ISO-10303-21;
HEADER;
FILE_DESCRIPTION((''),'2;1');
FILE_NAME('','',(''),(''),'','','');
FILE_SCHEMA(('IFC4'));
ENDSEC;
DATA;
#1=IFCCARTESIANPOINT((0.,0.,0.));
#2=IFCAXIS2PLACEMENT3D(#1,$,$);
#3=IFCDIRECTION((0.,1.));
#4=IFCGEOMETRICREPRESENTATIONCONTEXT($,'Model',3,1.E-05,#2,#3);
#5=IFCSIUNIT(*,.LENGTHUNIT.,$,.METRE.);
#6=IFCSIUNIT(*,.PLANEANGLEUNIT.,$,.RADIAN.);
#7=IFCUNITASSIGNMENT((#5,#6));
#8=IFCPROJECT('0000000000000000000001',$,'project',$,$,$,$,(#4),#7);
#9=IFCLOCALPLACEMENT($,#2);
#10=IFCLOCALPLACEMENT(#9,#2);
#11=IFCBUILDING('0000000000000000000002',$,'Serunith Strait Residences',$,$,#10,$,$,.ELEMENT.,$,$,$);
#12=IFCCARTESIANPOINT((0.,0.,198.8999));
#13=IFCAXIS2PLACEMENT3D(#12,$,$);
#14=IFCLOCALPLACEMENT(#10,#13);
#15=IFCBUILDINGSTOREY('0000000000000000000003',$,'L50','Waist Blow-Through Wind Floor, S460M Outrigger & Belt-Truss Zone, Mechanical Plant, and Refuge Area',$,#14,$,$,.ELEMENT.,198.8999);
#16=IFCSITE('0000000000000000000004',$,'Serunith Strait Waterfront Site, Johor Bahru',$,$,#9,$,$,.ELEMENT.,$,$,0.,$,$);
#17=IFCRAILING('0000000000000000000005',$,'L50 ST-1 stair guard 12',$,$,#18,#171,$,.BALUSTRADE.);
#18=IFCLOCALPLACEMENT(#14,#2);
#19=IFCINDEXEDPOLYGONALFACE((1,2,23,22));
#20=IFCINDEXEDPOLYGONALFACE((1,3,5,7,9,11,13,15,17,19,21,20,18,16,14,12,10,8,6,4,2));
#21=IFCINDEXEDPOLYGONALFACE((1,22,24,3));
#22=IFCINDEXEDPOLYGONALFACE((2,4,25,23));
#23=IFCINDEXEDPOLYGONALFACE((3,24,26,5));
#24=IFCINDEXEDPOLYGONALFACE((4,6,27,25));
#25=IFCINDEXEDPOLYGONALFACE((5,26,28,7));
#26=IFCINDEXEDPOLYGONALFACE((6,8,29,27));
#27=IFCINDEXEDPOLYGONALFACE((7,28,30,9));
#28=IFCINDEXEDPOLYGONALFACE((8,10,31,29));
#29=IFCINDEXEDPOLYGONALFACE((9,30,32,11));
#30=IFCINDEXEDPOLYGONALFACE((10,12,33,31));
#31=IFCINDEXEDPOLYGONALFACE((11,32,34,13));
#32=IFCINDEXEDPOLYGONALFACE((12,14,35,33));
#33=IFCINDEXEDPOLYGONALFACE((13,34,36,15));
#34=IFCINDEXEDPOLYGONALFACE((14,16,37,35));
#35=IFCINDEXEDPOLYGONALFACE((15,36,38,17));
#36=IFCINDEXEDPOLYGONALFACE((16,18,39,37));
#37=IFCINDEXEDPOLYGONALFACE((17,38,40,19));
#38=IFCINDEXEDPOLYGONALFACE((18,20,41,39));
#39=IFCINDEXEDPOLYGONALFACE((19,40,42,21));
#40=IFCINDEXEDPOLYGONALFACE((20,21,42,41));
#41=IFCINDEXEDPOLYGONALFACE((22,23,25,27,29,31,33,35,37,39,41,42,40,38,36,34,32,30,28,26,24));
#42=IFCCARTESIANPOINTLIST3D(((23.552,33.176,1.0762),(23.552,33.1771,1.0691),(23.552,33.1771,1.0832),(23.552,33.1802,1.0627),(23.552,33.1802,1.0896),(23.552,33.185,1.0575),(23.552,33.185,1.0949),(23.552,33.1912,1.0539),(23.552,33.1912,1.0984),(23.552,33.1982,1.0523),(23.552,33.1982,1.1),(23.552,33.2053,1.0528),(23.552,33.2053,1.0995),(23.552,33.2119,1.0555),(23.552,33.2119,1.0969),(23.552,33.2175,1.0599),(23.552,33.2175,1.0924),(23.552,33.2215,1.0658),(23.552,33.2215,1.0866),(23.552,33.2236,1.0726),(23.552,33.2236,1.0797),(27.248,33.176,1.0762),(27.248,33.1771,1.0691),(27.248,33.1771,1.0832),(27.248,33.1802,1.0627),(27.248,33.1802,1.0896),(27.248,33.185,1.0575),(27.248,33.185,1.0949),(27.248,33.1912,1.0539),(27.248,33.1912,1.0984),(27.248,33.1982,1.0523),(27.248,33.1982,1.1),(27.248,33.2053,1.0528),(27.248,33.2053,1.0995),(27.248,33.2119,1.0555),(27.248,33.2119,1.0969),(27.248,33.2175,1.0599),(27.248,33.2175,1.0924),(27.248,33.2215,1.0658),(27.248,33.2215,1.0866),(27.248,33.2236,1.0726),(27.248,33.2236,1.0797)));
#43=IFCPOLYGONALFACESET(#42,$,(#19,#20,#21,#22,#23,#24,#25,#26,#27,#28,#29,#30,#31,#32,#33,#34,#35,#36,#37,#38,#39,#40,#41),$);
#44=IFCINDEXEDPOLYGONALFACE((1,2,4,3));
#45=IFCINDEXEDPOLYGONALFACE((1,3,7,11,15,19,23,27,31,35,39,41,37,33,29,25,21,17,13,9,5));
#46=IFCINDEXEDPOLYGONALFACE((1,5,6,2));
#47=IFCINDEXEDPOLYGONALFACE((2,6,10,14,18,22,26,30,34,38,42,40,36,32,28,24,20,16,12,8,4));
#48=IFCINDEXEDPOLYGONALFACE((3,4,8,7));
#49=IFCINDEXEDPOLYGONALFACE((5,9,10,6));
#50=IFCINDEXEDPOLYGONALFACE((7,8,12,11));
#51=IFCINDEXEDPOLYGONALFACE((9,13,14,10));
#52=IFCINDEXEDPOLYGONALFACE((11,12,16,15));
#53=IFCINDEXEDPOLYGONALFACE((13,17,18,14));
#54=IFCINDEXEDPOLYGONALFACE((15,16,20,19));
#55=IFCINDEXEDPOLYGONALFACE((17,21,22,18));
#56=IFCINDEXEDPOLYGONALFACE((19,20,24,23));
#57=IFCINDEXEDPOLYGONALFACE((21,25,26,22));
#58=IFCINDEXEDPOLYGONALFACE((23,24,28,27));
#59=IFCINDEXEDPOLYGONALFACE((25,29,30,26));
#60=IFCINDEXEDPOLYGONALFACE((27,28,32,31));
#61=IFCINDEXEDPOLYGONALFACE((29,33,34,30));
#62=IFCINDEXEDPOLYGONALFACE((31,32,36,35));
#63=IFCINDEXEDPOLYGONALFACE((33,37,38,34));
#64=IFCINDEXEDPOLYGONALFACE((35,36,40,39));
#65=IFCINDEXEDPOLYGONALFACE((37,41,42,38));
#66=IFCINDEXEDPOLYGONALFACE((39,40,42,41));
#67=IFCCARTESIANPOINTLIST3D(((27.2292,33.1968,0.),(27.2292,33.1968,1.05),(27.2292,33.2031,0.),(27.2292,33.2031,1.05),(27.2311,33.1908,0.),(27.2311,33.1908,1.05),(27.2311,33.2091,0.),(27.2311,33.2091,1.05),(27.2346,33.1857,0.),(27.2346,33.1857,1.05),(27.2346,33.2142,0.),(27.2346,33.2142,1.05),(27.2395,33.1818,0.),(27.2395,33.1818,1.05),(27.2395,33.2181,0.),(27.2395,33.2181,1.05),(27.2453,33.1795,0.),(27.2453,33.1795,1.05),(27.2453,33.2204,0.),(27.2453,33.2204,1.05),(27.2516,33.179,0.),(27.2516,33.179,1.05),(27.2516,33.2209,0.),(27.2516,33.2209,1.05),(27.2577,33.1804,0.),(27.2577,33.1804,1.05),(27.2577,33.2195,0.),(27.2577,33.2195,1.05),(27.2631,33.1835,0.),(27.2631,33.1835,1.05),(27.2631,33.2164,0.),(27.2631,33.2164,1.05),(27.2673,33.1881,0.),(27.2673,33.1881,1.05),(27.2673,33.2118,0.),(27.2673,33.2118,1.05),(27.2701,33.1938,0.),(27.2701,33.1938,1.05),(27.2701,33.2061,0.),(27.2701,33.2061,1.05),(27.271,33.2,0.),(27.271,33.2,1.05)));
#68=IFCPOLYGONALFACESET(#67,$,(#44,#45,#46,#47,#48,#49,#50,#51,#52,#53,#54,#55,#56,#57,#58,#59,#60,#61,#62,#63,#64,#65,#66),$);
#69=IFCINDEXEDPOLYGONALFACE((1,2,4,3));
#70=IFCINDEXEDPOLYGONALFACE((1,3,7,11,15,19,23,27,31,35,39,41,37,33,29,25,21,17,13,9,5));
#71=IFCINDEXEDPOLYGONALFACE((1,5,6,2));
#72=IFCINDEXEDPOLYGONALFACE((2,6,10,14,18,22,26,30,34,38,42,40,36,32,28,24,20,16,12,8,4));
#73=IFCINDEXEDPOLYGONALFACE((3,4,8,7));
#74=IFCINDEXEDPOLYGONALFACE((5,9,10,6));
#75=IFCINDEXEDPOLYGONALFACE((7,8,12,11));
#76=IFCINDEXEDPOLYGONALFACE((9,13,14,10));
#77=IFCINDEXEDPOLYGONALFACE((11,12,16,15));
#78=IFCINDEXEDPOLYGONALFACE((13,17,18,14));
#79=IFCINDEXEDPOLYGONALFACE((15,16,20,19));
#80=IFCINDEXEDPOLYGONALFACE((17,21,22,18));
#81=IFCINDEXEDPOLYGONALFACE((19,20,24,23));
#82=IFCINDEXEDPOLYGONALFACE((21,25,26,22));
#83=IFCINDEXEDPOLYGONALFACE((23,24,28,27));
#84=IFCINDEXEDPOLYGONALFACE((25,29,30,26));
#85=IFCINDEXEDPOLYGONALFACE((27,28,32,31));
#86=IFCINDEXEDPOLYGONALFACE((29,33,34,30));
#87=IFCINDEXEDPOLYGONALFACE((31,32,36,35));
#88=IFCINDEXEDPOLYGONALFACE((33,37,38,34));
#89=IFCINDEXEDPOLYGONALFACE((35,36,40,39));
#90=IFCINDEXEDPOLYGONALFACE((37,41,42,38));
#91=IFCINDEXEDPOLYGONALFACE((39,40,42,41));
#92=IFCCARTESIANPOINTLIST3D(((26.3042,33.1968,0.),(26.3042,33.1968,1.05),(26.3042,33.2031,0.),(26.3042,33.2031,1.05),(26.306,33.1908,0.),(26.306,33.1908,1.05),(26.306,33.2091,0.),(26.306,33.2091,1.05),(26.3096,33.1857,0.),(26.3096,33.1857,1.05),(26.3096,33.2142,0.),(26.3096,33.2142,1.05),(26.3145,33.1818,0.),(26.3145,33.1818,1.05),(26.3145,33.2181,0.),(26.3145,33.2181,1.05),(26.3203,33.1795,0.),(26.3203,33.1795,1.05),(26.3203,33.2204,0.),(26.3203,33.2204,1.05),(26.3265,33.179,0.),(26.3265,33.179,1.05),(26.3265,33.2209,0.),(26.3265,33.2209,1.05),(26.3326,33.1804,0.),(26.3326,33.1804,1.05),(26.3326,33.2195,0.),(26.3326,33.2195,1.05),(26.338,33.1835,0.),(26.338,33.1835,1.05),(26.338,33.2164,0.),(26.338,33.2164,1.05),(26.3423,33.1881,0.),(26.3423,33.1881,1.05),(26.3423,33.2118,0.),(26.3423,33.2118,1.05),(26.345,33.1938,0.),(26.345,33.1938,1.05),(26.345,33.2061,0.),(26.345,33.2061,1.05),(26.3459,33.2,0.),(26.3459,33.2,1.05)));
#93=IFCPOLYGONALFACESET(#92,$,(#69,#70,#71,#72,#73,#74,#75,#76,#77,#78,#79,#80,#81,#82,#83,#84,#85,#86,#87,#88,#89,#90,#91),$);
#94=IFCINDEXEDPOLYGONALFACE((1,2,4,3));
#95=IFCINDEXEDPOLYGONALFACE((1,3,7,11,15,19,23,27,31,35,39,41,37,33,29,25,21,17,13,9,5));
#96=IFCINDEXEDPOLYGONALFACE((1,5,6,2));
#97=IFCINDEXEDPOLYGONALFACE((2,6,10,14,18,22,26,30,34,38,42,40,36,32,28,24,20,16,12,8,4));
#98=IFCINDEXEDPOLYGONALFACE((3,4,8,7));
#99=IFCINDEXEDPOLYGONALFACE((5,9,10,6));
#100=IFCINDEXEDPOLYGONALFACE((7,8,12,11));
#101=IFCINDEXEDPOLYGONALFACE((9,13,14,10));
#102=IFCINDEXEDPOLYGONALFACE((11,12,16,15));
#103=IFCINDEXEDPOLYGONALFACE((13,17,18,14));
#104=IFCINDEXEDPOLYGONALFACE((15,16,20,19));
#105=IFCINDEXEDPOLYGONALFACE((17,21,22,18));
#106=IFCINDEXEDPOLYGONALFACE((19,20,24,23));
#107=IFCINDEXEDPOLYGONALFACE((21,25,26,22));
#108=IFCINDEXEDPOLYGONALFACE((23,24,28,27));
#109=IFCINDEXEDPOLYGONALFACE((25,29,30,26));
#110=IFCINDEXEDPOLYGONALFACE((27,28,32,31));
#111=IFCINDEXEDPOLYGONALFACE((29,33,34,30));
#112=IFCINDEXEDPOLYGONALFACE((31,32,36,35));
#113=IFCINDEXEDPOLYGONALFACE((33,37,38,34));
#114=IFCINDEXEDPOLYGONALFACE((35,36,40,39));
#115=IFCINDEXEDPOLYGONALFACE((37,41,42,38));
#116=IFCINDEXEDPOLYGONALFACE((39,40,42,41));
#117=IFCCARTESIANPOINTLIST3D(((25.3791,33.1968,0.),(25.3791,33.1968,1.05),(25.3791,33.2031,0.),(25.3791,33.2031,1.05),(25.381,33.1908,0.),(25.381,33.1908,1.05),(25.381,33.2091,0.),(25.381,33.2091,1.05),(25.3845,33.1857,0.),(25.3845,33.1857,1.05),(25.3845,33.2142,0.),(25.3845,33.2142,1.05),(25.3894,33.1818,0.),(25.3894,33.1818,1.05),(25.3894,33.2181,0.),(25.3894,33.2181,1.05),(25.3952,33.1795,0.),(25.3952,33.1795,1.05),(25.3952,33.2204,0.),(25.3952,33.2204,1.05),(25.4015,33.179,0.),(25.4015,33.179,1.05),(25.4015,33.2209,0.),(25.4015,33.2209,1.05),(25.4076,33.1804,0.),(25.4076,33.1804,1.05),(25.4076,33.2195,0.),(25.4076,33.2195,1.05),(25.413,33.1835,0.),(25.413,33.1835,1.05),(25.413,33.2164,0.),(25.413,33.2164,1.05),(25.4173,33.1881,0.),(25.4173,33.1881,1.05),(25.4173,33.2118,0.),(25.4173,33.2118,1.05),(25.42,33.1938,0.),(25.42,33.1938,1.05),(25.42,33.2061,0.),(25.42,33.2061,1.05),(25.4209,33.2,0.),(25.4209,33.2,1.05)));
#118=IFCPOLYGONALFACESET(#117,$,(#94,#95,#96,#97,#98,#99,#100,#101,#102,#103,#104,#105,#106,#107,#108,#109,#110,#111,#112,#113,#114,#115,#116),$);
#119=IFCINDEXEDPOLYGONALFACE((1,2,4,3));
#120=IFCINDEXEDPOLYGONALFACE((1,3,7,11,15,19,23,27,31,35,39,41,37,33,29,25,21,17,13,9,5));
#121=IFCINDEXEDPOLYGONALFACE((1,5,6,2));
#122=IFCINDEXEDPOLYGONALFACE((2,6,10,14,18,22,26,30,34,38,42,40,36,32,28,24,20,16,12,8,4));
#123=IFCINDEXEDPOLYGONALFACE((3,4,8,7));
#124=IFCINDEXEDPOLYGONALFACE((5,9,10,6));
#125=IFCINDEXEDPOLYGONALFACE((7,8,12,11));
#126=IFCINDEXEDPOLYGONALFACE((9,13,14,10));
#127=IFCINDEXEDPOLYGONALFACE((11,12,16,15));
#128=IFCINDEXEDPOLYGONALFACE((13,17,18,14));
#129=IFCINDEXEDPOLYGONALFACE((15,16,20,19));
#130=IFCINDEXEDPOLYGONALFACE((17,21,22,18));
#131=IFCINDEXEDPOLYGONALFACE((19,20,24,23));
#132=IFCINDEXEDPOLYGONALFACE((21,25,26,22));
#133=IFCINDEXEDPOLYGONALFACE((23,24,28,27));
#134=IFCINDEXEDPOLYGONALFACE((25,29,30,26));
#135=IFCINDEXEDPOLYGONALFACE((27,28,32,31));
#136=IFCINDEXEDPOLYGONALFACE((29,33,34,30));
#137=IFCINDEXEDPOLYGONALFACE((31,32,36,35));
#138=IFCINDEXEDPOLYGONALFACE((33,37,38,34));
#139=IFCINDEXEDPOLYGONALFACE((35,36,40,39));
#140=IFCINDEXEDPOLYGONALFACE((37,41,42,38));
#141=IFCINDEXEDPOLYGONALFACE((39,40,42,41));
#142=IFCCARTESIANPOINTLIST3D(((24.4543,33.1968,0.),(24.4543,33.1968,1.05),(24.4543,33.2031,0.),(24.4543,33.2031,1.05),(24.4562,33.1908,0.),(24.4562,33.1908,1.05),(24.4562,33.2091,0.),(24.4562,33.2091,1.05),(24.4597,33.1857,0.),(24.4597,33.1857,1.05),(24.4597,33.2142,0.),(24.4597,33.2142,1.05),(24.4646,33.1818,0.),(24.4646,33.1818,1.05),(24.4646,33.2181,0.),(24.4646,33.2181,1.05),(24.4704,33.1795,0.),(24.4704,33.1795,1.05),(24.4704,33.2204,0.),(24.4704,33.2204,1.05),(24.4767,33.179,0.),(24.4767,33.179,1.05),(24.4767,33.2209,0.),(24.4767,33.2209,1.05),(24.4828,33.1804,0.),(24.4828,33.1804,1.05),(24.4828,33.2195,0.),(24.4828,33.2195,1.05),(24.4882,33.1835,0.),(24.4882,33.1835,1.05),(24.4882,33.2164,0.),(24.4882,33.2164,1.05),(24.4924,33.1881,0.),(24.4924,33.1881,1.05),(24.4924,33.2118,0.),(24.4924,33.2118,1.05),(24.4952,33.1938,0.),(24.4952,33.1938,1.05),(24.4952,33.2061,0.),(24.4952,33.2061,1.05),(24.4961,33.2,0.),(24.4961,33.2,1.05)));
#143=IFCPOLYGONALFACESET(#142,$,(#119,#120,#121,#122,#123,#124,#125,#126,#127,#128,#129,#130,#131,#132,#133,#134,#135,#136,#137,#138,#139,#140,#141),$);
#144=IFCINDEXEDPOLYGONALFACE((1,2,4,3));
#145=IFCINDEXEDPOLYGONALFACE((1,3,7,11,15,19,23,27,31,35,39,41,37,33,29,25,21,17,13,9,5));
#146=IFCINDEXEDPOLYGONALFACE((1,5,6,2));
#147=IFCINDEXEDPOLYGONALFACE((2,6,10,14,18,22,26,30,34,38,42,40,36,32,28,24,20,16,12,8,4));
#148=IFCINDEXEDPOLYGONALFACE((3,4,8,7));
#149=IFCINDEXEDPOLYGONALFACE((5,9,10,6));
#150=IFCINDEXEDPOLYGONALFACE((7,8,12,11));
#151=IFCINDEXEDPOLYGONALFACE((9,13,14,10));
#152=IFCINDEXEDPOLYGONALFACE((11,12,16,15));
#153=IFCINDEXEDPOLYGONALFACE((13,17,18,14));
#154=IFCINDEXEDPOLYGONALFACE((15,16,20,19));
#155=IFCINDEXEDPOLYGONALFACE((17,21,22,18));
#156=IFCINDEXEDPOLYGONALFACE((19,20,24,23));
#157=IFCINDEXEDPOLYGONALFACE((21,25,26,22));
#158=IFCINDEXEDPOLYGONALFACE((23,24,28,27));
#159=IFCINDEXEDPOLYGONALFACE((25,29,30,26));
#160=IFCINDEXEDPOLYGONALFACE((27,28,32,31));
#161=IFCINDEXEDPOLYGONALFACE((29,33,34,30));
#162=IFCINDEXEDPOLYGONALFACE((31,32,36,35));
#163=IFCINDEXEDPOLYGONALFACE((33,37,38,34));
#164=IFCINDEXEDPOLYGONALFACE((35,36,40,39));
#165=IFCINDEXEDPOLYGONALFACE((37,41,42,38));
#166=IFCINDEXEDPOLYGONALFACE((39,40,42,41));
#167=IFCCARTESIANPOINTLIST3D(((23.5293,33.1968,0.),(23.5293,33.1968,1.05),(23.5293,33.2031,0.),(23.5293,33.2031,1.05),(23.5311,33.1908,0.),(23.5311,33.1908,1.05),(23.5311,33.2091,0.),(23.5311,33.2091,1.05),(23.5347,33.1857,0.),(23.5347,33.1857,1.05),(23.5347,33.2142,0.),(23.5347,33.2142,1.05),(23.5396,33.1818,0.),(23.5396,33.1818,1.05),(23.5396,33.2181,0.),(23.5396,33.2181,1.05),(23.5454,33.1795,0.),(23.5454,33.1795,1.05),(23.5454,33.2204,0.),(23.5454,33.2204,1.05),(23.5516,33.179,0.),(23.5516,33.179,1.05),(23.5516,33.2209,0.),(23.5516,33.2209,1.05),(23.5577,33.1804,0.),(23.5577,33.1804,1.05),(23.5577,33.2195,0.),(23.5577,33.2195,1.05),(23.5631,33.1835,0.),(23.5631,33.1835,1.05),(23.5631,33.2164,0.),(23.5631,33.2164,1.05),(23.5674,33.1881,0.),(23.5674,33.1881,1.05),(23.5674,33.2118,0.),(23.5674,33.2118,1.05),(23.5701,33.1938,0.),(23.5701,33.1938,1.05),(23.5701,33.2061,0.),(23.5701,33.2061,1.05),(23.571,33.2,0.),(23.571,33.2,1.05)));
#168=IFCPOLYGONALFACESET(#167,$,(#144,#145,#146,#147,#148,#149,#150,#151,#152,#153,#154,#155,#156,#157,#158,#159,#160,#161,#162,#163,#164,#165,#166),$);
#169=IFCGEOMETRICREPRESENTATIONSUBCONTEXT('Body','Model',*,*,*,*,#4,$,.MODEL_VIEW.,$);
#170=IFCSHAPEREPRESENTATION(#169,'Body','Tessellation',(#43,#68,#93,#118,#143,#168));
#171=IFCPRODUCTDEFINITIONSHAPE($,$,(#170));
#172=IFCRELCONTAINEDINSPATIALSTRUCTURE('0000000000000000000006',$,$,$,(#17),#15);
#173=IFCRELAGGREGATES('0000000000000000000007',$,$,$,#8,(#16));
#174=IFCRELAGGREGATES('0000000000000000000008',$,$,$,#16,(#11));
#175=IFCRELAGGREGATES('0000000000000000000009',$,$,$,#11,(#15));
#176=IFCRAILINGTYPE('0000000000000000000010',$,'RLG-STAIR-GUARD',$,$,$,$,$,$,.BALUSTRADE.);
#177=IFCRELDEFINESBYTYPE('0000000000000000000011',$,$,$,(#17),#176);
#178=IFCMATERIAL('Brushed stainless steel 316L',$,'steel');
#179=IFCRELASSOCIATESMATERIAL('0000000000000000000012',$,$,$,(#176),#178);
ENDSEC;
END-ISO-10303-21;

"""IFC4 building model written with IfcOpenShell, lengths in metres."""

from ifc_helpers import new_model, si_unit, direction, frame, origin, origin_2d, place, context, subcontext, project, spatial, circle, extrude, material, type_object, element, save


model = new_model("IFC4")

# Units and contexts
model_context = context("Model", 3, precision=1e-05, world=origin(), true_north=direction((0.0, 1.0)))
body_context = subcontext(model_context, "Body", "Model", "MODEL_VIEW")
ifc_project = project(units=[si_unit("LENGTHUNIT", "METRE"), si_unit("PLANEANGLEUNIT", "RADIAN")], contexts=[model_context])

# Site, building, storey
site_placement = place(None, origin())
site = spatial("IfcSite", under=ifc_project, at=site_placement, Name="Serunith Strait Waterfront Site, Johor Bahru", CompositionType="ELEMENT", RefElevation=0.0)
building_placement = place(site_placement, origin())
building = spatial("IfcBuilding", under=site, at=building_placement, Name="Serunith Strait Residences", CompositionType="ELEMENT")
storey_placement = place(building_placement, frame((0.0, 0.0, 198.8999)))
storey = spatial("IfcBuildingStorey", under=building, at=storey_placement, Name="L50", Description="Waist Blow-Through Wind Floor, S460M Outrigger & Belt-Truss Zone, Mechanical Plant, and Refuge Area", CompositionType="ELEMENT", Elevation=198.8999)

# Railing
ifc_material_1 = material(Name="Brushed stainless steel 316L", Category="steel")
railing_type_1 = type_object("IfcRailingType", Name="RLG-STAIR-GUARD", PredefinedType="BALUSTRADE", material=ifc_material_1)
railing_1_placement = place(storey_placement, frame((27.25, 33.2, 0.0)))
element("IfcRailing", 1, at=railing_1_placement, inside=storey, type_object=railing_type_1, Name="L50 ST-1 stair guard 12", PredefinedType="BALUSTRADE", context=body_context, shape_type="SweptSolid", body=[
    extrude(circle(Radius=0.0239, at=origin_2d()), frame((-0.002, 0.0, 1.0762), z_axis=(-1.0, 0.0, 0.0), x_axis=(0.0, -1.0, 0.0)), (0.0, 0.0, 1.0), 3.696),
    extrude(circle(Radius=0.021, at=origin_2d()), origin(), (0.0, 0.0, 1.0), 1.05),
    extrude(circle(Radius=0.021, at=origin_2d()), frame((-0.925, 0.0, 0.0)), (0.0, 0.0, 1.0), 1.05),
    extrude(circle(Radius=0.021, at=origin_2d()), frame((-1.8501, 0.0, 0.0)), (0.0, 0.0, 1.0), 1.05),
    extrude(circle(Radius=0.021, at=origin_2d()), frame((-2.7749, 0.0, 0.0)), (0.0, 0.0, 1.0), 1.05),
    extrude(circle(Radius=0.021, at=origin_2d()), frame((-3.7, 0.0, 0.0)), (0.0, 0.0, 1.0), 1.05),
])

save(model, "model.ifc")
